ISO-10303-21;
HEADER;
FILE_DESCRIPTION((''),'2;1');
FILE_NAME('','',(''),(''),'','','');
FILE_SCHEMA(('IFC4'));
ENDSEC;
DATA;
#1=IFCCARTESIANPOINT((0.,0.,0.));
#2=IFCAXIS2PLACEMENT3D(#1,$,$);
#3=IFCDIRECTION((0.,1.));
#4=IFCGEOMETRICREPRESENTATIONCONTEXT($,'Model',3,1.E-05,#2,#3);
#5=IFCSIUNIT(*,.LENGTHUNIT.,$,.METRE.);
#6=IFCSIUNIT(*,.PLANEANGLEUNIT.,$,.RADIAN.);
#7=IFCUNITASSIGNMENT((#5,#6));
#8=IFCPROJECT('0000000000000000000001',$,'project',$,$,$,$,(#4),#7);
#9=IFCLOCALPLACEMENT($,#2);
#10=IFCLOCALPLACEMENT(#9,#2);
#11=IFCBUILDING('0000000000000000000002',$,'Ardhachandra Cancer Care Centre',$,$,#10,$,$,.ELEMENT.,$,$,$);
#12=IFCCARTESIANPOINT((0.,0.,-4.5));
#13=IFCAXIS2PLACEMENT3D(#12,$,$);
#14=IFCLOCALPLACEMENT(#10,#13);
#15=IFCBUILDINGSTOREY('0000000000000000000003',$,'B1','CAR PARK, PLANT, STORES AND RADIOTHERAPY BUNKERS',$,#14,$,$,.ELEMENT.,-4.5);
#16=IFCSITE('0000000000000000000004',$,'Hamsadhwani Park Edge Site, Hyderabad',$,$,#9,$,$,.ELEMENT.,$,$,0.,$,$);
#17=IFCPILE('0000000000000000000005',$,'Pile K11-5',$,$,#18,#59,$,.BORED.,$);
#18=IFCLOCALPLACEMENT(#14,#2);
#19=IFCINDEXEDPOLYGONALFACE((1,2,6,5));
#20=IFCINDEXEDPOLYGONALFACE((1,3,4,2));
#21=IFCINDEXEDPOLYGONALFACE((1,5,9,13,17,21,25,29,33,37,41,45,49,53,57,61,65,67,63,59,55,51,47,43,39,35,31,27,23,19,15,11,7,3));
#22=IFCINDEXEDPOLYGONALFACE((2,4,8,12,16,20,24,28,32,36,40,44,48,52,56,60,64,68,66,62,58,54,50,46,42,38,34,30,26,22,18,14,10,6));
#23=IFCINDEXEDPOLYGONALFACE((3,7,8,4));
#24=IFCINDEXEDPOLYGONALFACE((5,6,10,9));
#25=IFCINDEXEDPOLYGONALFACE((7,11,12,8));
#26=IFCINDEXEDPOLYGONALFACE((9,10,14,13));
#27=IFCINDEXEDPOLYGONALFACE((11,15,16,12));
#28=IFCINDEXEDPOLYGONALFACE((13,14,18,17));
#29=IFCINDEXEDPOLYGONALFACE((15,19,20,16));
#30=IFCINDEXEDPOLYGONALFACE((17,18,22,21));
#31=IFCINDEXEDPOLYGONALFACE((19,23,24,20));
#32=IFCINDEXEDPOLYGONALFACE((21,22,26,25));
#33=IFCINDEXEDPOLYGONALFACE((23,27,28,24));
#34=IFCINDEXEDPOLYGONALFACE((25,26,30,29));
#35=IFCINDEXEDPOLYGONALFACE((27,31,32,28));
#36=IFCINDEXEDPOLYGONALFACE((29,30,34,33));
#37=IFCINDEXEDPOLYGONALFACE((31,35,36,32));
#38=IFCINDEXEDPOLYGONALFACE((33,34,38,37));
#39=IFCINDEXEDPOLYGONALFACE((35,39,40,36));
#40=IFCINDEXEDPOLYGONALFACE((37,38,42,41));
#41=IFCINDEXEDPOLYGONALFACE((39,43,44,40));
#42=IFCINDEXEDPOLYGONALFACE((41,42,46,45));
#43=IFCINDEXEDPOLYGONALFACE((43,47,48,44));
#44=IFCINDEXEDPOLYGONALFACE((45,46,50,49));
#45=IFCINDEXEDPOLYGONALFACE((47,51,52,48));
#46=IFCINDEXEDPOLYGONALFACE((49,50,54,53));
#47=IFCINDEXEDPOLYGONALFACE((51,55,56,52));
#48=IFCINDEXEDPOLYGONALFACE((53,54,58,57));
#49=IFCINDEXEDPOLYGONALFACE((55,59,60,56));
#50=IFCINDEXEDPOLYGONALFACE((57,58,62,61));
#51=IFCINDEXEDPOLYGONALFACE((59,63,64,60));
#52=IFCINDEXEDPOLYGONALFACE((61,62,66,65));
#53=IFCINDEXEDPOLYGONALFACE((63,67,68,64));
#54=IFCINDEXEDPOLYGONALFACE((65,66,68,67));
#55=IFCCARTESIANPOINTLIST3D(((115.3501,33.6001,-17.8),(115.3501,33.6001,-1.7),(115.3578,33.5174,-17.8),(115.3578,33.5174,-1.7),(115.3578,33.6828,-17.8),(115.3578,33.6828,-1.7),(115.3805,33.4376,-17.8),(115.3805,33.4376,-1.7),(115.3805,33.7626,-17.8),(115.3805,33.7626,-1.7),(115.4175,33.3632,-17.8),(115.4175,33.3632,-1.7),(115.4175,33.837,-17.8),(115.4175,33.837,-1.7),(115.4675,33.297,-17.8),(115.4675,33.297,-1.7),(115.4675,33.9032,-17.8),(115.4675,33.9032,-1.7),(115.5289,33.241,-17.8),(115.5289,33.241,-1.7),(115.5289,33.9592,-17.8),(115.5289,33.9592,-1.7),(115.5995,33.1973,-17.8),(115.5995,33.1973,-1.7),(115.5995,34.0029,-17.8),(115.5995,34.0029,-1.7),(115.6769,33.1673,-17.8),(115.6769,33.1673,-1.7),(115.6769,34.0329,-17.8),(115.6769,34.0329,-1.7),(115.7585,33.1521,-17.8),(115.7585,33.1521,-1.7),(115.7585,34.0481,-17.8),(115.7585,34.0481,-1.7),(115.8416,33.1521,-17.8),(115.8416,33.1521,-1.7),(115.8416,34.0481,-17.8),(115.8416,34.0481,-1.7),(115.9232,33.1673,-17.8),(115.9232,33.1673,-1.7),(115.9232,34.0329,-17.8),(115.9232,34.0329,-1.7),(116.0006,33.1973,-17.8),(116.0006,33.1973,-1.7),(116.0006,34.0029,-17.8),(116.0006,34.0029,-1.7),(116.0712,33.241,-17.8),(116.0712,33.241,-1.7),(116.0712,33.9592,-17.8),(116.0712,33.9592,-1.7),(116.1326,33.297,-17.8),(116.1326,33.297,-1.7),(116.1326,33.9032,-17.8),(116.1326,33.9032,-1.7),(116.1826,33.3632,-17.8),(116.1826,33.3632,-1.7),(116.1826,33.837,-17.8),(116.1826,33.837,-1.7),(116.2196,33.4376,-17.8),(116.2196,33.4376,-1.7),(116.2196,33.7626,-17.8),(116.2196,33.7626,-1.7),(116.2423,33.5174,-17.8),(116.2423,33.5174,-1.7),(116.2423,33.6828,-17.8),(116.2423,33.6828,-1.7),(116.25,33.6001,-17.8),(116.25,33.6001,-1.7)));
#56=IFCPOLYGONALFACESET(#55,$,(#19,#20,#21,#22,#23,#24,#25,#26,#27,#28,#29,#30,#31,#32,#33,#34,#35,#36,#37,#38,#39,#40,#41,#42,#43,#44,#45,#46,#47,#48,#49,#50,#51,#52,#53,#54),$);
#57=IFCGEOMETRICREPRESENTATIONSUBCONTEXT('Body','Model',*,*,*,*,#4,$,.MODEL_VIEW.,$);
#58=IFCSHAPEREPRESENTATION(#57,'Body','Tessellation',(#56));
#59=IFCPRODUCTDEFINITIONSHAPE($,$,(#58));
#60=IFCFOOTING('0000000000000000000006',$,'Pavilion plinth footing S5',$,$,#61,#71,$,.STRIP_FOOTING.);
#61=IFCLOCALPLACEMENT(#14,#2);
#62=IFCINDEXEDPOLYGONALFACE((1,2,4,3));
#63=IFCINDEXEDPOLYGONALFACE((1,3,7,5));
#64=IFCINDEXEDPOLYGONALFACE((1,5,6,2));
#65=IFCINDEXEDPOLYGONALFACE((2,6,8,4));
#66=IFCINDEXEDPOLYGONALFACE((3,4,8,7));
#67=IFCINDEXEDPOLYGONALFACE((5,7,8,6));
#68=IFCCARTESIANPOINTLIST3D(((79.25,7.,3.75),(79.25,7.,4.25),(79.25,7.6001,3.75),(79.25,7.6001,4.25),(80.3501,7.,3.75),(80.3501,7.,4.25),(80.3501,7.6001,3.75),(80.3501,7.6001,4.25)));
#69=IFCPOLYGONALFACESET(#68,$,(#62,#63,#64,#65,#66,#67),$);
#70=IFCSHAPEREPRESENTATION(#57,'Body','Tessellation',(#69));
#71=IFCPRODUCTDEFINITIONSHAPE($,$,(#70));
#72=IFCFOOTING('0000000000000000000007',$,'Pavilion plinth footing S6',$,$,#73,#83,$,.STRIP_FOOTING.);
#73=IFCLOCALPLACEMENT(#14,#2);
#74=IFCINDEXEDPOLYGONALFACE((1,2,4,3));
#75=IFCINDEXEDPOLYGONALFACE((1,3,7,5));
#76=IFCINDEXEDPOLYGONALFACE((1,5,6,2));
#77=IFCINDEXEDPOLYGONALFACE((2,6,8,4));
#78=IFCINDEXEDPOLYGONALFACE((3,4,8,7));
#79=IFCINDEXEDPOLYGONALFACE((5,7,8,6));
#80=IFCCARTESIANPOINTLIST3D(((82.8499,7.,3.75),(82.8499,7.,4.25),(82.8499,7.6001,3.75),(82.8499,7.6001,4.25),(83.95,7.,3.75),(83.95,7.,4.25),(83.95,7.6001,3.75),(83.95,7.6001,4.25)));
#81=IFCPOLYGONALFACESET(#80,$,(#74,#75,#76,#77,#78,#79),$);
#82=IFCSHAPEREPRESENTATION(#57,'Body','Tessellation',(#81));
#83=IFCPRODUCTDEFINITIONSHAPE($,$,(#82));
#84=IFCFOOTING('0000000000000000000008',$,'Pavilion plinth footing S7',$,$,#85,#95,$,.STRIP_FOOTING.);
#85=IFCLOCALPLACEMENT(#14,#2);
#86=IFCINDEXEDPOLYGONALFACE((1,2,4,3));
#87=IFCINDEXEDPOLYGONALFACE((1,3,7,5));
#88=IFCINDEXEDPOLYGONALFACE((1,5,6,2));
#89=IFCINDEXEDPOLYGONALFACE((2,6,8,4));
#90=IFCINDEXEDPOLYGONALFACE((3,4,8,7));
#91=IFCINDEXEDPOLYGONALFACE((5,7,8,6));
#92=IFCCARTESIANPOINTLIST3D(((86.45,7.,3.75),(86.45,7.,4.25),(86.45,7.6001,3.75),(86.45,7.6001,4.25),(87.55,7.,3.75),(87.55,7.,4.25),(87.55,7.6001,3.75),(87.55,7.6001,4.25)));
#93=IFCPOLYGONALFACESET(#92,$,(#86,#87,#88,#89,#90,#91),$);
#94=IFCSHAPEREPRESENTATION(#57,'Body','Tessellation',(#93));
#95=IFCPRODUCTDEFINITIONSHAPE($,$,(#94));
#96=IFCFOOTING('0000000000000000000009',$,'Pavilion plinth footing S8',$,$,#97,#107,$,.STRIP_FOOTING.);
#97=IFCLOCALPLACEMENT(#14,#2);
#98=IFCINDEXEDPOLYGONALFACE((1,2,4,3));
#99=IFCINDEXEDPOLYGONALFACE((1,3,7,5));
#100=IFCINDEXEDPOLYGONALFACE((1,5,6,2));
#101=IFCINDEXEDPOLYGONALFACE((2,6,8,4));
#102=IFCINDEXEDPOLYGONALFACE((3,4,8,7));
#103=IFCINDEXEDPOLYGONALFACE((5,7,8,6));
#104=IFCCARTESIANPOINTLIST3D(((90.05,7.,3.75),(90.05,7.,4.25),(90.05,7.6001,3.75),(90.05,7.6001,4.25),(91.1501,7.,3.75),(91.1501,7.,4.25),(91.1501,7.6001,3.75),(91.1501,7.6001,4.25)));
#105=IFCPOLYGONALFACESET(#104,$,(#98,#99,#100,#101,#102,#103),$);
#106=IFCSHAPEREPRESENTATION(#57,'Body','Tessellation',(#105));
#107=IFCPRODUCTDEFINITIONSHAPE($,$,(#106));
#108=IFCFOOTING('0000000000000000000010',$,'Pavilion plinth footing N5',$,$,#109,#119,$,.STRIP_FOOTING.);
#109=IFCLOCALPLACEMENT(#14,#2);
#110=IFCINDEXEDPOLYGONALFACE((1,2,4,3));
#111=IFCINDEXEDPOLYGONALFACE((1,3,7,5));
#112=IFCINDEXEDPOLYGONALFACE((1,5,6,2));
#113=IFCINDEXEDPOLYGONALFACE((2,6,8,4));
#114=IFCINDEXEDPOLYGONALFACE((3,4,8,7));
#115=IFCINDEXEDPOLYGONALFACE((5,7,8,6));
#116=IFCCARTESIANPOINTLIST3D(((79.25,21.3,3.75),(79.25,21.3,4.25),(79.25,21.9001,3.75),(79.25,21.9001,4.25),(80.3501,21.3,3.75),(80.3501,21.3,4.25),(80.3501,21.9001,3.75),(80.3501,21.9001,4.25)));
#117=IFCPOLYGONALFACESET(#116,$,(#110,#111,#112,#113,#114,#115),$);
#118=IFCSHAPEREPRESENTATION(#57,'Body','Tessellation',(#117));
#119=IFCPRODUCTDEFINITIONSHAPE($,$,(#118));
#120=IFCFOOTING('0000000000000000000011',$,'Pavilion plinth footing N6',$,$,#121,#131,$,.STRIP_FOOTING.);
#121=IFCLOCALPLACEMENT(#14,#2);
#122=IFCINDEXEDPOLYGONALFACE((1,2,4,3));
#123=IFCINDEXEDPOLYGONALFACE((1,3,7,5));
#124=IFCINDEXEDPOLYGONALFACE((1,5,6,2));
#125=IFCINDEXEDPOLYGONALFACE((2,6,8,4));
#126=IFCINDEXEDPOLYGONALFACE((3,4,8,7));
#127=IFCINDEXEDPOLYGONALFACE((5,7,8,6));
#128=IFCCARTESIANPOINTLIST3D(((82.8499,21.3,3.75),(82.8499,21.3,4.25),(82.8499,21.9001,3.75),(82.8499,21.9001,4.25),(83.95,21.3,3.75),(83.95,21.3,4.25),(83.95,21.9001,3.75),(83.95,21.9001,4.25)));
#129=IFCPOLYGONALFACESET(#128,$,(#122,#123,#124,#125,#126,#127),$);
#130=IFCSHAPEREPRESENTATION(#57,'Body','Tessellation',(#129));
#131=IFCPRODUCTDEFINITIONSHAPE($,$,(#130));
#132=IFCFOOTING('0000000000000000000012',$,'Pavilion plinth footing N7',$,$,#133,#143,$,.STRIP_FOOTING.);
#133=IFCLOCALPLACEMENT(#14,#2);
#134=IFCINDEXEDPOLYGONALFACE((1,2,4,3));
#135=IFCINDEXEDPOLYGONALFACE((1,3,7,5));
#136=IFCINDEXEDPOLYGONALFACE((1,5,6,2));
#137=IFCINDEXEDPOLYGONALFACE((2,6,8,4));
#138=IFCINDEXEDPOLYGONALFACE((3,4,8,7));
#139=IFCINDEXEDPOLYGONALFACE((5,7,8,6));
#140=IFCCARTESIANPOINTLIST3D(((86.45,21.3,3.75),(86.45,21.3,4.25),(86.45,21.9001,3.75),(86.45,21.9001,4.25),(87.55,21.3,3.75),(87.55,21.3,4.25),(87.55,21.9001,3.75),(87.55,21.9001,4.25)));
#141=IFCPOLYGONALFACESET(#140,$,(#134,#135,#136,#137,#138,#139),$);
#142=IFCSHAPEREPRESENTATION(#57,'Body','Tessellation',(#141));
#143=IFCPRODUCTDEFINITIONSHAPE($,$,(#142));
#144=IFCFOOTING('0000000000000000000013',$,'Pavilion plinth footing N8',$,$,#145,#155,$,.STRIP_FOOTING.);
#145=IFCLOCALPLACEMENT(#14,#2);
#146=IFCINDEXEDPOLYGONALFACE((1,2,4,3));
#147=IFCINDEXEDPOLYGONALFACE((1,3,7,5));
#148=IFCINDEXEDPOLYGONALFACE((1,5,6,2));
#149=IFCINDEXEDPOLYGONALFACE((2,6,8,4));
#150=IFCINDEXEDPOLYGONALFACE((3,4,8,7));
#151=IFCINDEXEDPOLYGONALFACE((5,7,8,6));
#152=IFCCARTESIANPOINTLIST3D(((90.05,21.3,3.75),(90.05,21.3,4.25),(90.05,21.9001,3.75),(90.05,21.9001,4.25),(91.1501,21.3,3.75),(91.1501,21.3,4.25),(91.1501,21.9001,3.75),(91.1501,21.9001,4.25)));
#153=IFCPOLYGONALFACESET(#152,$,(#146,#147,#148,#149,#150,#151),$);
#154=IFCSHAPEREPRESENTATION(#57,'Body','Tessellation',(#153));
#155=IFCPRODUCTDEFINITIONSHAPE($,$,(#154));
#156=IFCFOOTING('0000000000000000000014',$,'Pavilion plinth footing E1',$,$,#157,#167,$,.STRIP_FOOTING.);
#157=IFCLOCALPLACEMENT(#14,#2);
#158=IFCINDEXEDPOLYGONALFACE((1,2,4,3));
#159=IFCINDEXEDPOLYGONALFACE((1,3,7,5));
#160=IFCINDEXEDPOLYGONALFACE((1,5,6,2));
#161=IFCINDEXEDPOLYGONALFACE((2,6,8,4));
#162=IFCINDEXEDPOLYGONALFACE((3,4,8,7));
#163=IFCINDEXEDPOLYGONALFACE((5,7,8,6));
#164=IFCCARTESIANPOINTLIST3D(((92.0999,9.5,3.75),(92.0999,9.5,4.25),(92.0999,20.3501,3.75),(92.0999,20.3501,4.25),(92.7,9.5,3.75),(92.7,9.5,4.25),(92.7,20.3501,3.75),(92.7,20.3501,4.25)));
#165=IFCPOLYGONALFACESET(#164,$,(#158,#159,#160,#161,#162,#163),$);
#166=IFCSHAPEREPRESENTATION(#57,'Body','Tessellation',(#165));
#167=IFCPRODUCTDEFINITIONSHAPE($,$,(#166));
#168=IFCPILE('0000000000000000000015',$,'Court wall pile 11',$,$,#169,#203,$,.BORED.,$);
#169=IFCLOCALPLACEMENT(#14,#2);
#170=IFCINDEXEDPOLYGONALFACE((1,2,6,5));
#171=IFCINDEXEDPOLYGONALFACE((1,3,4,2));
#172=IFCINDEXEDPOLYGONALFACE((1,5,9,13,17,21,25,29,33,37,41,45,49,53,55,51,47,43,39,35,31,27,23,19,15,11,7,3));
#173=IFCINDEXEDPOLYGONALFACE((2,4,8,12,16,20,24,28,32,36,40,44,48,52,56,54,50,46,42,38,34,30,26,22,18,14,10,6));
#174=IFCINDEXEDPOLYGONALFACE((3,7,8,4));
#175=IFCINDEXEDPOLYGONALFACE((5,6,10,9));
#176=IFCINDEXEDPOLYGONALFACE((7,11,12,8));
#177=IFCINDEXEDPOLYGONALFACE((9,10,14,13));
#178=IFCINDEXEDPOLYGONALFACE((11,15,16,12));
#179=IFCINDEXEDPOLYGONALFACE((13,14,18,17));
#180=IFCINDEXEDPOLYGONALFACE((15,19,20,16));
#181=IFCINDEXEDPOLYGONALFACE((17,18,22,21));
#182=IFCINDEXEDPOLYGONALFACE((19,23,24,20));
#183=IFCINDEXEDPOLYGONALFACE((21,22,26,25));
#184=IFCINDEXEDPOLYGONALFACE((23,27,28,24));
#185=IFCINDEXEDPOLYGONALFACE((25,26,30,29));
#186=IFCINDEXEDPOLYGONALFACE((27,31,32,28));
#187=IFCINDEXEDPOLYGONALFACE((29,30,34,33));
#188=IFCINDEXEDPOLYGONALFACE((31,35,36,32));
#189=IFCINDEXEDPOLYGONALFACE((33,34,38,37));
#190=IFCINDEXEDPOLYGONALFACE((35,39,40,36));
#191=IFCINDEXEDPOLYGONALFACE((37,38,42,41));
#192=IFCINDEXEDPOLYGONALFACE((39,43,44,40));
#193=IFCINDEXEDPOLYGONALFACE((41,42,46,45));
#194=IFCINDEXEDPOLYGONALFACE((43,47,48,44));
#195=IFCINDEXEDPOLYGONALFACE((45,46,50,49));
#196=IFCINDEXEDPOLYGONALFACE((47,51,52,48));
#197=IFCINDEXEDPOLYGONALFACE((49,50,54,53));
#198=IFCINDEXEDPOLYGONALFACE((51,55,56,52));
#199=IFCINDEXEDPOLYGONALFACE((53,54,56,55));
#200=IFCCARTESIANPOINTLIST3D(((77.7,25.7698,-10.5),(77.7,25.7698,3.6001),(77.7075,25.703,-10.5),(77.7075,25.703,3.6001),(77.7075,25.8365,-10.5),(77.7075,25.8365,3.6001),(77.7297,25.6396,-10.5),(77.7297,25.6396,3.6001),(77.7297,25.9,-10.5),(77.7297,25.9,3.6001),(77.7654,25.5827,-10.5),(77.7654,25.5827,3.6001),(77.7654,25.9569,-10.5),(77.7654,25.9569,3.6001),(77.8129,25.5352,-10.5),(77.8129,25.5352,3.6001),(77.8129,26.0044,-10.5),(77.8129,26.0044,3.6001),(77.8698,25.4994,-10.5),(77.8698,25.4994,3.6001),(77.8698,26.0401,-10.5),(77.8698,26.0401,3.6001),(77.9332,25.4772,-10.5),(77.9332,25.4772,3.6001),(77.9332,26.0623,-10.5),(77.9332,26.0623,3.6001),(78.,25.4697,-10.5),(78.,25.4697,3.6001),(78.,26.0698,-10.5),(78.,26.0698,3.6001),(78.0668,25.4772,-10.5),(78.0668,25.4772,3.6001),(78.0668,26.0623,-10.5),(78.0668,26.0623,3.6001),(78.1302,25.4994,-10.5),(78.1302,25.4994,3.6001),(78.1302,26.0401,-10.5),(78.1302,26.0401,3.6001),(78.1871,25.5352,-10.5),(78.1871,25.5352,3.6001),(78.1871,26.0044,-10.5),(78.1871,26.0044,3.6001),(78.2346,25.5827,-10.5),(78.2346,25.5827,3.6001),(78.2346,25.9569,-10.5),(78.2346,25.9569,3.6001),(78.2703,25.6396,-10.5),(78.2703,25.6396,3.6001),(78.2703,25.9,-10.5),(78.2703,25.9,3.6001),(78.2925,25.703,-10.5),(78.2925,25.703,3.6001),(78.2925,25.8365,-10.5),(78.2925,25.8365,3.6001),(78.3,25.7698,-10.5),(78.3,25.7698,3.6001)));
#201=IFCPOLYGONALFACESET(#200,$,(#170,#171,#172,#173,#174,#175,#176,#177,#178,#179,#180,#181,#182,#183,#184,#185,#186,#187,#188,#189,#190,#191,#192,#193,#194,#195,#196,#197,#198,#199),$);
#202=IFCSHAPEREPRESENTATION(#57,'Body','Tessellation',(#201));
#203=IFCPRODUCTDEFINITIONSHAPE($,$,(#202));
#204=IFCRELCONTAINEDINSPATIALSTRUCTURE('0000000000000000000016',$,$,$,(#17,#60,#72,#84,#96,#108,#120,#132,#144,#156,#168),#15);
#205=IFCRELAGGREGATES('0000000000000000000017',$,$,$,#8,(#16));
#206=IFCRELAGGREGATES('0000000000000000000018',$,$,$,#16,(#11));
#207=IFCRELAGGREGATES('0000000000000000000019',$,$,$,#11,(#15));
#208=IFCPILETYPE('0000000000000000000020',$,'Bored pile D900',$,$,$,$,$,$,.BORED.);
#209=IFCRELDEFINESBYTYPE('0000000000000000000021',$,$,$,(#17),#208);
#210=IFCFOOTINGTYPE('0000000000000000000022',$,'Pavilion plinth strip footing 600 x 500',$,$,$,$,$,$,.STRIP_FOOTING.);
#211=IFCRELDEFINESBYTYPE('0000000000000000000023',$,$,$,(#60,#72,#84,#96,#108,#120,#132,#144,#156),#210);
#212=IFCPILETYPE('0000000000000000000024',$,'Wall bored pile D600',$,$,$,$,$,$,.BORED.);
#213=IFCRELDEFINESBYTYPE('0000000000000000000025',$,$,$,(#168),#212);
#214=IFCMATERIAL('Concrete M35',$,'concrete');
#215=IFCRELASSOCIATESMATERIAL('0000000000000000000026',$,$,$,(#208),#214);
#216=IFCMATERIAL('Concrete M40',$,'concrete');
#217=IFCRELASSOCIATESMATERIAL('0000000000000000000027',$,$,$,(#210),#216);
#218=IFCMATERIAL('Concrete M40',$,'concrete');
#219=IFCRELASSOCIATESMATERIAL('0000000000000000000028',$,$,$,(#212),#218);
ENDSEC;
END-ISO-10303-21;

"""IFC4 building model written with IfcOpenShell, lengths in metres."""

from ifc_helpers import new_model, si_unit, direction, frame, origin, origin_2d, place, context, subcontext, project, spatial, rectangle, circle, extrude, material, material_profile, profile_set, type_object, element, save


model = new_model("IFC4")

# Units and contexts
model_context = context("Model", 3, precision=1e-05, world=origin(), true_north=direction((0.0, 1.0)))
body_context = subcontext(model_context, "Body", "Model", "MODEL_VIEW")
ifc_project = project(units=[si_unit("LENGTHUNIT", "METRE"), si_unit("PLANEANGLEUNIT", "RADIAN")], contexts=[model_context])

# Site, building, storey
site_placement = place(None, origin())
site = spatial("IfcSite", under=ifc_project, at=site_placement, Name="Hamsadhwani Park Edge Site, Hyderabad", CompositionType="ELEMENT", RefElevation=0.0)
building_placement = place(site_placement, origin())
building = spatial("IfcBuilding", under=site, at=building_placement, Name="Ardhachandra Cancer Care Centre", CompositionType="ELEMENT")
storey_placement = place(building_placement, frame((0.0, 0.0, -4.5)))
storey = spatial("IfcBuildingStorey", under=building, at=storey_placement, Name="B1", Description="CAR PARK, PLANT, STORES AND RADIOTHERAPY BUNKERS", CompositionType="ELEMENT", Elevation=-4.5)

# Pile
ifc_material_1 = material(Name="Concrete M35", Category="concrete")
ifc_material_profile_1 = material_profile(ifc_material_1, circle(Radius=0.45, at=origin_2d()), Name="D900")
ifc_profile_set_1 = profile_set([ifc_material_profile_1], Name="Concrete M35")
pile_type_1 = type_object("IfcPileType", Name="Bored pile D900", PredefinedType="BORED", material=ifc_profile_set_1)
for number, where, z_axis, x_axis, name in (
    (1, (115.8, 33.6001, -1.7), (0.0, 0.0, -1.0), (1.0, 0.0, 0.0), "Pile K11-5"),
):
    element("IfcPile", number, at=place(storey_placement, frame(where, z_axis=z_axis, x_axis=x_axis)), inside=storey, type_object=pile_type_1, Name=name, PredefinedType="BORED", context=body_context, shape_type="SweptSolid", body=[
        extrude(circle(Radius=0.45, at=origin_2d()), origin(), (0.0, 0.0, 1.0), 16.1001),
    ])

# Footings
ifc_material_2 = material(Name="Concrete M40", Category="concrete")
footing_type = type_object("IfcFootingType", Name="Pavilion plinth strip footing 600 x 500", PredefinedType="STRIP_FOOTING", material=ifc_material_2)
for number, where, z_axis, x_axis, name in (
    (2, (79.8, 7.3, 3.75), (0.0, 0.0, 1.0), (1.0, 0.0, 0.0), "Pavilion plinth footing S5"),
    (3, (83.3999, 7.3, 3.75), (0.0, 0.0, 1.0), (1.0, 0.0, 0.0), "Pavilion plinth footing S6"),
    (4, (87.0, 7.3, 3.75), (0.0, 0.0, 1.0), (1.0, 0.0, 0.0), "Pavilion plinth footing S7"),
    (5, (90.6001, 7.3, 3.75), (0.0, 0.0, 1.0), (1.0, 0.0, 0.0), "Pavilion plinth footing S8"),
    (6, (79.8, 21.6001, 3.75), (0.0, 0.0, 1.0), (1.0, 0.0, 0.0), "Pavilion plinth footing N5"),
    (7, (83.3999, 21.6001, 3.75), (0.0, 0.0, 1.0), (1.0, 0.0, 0.0), "Pavilion plinth footing N6"),
    (8, (87.0, 21.6001, 3.75), (0.0, 0.0, 1.0), (1.0, 0.0, 0.0), "Pavilion plinth footing N7"),
    (9, (90.6001, 21.6001, 3.75), (0.0, 0.0, 1.0), (1.0, 0.0, 0.0), "Pavilion plinth footing N8"),
):
    element("IfcFooting", number, at=place(storey_placement, frame(where, z_axis=z_axis, x_axis=x_axis)), inside=storey, type_object=footing_type, Name=name, PredefinedType="STRIP_FOOTING", context=body_context, shape_type="SweptSolid", body=[
        extrude(rectangle(XDim=1.1001, YDim=0.6001, at=origin_2d()), origin(), (0.0, 0.0, 1.0), 0.5),
    ])
footing_placement = place(storey_placement, frame((92.3999, 14.925, 3.75), z_axis=(0.0, 0.0, 1.0), x_axis=(1.0, 0.0, 0.0)))
element("IfcFooting", 10, at=footing_placement, inside=storey, type_object=footing_type, Name="Pavilion plinth footing E1", PredefinedType="STRIP_FOOTING", context=body_context, shape_type="SweptSolid", body=[
    extrude(rectangle(XDim=0.6001, YDim=10.8501, at=origin_2d()), origin(), (0.0, 0.0, 1.0), 0.5),
])

# Pile
ifc_material_3 = material(Name="Concrete M40", Category="concrete")
ifc_material_profile_2 = material_profile(ifc_material_3, circle(Radius=0.3, at=origin_2d()), Name="D600")
ifc_profile_set_2 = profile_set([ifc_material_profile_2], Name="Concrete M40")
pile_type_2 = type_object("IfcPileType", Name="Wall bored pile D600", PredefinedType="BORED", material=ifc_profile_set_2)
for number, where, z_axis, x_axis, name in (
    (11, (78.0, 25.7698, 3.6001), (0.0, 0.0, -1.0), (1.0, 0.0, 0.0), "Court wall pile 11"),
):
    element("IfcPile", number, at=place(storey_placement, frame(where, z_axis=z_axis, x_axis=x_axis)), inside=storey, type_object=pile_type_2, Name=name, PredefinedType="BORED", context=body_context, shape_type="SweptSolid", body=[
        extrude(circle(Radius=0.3, at=origin_2d()), origin(), (0.0, 0.0, 1.0), 14.1001),
    ])

save(model, "model.ifc")
